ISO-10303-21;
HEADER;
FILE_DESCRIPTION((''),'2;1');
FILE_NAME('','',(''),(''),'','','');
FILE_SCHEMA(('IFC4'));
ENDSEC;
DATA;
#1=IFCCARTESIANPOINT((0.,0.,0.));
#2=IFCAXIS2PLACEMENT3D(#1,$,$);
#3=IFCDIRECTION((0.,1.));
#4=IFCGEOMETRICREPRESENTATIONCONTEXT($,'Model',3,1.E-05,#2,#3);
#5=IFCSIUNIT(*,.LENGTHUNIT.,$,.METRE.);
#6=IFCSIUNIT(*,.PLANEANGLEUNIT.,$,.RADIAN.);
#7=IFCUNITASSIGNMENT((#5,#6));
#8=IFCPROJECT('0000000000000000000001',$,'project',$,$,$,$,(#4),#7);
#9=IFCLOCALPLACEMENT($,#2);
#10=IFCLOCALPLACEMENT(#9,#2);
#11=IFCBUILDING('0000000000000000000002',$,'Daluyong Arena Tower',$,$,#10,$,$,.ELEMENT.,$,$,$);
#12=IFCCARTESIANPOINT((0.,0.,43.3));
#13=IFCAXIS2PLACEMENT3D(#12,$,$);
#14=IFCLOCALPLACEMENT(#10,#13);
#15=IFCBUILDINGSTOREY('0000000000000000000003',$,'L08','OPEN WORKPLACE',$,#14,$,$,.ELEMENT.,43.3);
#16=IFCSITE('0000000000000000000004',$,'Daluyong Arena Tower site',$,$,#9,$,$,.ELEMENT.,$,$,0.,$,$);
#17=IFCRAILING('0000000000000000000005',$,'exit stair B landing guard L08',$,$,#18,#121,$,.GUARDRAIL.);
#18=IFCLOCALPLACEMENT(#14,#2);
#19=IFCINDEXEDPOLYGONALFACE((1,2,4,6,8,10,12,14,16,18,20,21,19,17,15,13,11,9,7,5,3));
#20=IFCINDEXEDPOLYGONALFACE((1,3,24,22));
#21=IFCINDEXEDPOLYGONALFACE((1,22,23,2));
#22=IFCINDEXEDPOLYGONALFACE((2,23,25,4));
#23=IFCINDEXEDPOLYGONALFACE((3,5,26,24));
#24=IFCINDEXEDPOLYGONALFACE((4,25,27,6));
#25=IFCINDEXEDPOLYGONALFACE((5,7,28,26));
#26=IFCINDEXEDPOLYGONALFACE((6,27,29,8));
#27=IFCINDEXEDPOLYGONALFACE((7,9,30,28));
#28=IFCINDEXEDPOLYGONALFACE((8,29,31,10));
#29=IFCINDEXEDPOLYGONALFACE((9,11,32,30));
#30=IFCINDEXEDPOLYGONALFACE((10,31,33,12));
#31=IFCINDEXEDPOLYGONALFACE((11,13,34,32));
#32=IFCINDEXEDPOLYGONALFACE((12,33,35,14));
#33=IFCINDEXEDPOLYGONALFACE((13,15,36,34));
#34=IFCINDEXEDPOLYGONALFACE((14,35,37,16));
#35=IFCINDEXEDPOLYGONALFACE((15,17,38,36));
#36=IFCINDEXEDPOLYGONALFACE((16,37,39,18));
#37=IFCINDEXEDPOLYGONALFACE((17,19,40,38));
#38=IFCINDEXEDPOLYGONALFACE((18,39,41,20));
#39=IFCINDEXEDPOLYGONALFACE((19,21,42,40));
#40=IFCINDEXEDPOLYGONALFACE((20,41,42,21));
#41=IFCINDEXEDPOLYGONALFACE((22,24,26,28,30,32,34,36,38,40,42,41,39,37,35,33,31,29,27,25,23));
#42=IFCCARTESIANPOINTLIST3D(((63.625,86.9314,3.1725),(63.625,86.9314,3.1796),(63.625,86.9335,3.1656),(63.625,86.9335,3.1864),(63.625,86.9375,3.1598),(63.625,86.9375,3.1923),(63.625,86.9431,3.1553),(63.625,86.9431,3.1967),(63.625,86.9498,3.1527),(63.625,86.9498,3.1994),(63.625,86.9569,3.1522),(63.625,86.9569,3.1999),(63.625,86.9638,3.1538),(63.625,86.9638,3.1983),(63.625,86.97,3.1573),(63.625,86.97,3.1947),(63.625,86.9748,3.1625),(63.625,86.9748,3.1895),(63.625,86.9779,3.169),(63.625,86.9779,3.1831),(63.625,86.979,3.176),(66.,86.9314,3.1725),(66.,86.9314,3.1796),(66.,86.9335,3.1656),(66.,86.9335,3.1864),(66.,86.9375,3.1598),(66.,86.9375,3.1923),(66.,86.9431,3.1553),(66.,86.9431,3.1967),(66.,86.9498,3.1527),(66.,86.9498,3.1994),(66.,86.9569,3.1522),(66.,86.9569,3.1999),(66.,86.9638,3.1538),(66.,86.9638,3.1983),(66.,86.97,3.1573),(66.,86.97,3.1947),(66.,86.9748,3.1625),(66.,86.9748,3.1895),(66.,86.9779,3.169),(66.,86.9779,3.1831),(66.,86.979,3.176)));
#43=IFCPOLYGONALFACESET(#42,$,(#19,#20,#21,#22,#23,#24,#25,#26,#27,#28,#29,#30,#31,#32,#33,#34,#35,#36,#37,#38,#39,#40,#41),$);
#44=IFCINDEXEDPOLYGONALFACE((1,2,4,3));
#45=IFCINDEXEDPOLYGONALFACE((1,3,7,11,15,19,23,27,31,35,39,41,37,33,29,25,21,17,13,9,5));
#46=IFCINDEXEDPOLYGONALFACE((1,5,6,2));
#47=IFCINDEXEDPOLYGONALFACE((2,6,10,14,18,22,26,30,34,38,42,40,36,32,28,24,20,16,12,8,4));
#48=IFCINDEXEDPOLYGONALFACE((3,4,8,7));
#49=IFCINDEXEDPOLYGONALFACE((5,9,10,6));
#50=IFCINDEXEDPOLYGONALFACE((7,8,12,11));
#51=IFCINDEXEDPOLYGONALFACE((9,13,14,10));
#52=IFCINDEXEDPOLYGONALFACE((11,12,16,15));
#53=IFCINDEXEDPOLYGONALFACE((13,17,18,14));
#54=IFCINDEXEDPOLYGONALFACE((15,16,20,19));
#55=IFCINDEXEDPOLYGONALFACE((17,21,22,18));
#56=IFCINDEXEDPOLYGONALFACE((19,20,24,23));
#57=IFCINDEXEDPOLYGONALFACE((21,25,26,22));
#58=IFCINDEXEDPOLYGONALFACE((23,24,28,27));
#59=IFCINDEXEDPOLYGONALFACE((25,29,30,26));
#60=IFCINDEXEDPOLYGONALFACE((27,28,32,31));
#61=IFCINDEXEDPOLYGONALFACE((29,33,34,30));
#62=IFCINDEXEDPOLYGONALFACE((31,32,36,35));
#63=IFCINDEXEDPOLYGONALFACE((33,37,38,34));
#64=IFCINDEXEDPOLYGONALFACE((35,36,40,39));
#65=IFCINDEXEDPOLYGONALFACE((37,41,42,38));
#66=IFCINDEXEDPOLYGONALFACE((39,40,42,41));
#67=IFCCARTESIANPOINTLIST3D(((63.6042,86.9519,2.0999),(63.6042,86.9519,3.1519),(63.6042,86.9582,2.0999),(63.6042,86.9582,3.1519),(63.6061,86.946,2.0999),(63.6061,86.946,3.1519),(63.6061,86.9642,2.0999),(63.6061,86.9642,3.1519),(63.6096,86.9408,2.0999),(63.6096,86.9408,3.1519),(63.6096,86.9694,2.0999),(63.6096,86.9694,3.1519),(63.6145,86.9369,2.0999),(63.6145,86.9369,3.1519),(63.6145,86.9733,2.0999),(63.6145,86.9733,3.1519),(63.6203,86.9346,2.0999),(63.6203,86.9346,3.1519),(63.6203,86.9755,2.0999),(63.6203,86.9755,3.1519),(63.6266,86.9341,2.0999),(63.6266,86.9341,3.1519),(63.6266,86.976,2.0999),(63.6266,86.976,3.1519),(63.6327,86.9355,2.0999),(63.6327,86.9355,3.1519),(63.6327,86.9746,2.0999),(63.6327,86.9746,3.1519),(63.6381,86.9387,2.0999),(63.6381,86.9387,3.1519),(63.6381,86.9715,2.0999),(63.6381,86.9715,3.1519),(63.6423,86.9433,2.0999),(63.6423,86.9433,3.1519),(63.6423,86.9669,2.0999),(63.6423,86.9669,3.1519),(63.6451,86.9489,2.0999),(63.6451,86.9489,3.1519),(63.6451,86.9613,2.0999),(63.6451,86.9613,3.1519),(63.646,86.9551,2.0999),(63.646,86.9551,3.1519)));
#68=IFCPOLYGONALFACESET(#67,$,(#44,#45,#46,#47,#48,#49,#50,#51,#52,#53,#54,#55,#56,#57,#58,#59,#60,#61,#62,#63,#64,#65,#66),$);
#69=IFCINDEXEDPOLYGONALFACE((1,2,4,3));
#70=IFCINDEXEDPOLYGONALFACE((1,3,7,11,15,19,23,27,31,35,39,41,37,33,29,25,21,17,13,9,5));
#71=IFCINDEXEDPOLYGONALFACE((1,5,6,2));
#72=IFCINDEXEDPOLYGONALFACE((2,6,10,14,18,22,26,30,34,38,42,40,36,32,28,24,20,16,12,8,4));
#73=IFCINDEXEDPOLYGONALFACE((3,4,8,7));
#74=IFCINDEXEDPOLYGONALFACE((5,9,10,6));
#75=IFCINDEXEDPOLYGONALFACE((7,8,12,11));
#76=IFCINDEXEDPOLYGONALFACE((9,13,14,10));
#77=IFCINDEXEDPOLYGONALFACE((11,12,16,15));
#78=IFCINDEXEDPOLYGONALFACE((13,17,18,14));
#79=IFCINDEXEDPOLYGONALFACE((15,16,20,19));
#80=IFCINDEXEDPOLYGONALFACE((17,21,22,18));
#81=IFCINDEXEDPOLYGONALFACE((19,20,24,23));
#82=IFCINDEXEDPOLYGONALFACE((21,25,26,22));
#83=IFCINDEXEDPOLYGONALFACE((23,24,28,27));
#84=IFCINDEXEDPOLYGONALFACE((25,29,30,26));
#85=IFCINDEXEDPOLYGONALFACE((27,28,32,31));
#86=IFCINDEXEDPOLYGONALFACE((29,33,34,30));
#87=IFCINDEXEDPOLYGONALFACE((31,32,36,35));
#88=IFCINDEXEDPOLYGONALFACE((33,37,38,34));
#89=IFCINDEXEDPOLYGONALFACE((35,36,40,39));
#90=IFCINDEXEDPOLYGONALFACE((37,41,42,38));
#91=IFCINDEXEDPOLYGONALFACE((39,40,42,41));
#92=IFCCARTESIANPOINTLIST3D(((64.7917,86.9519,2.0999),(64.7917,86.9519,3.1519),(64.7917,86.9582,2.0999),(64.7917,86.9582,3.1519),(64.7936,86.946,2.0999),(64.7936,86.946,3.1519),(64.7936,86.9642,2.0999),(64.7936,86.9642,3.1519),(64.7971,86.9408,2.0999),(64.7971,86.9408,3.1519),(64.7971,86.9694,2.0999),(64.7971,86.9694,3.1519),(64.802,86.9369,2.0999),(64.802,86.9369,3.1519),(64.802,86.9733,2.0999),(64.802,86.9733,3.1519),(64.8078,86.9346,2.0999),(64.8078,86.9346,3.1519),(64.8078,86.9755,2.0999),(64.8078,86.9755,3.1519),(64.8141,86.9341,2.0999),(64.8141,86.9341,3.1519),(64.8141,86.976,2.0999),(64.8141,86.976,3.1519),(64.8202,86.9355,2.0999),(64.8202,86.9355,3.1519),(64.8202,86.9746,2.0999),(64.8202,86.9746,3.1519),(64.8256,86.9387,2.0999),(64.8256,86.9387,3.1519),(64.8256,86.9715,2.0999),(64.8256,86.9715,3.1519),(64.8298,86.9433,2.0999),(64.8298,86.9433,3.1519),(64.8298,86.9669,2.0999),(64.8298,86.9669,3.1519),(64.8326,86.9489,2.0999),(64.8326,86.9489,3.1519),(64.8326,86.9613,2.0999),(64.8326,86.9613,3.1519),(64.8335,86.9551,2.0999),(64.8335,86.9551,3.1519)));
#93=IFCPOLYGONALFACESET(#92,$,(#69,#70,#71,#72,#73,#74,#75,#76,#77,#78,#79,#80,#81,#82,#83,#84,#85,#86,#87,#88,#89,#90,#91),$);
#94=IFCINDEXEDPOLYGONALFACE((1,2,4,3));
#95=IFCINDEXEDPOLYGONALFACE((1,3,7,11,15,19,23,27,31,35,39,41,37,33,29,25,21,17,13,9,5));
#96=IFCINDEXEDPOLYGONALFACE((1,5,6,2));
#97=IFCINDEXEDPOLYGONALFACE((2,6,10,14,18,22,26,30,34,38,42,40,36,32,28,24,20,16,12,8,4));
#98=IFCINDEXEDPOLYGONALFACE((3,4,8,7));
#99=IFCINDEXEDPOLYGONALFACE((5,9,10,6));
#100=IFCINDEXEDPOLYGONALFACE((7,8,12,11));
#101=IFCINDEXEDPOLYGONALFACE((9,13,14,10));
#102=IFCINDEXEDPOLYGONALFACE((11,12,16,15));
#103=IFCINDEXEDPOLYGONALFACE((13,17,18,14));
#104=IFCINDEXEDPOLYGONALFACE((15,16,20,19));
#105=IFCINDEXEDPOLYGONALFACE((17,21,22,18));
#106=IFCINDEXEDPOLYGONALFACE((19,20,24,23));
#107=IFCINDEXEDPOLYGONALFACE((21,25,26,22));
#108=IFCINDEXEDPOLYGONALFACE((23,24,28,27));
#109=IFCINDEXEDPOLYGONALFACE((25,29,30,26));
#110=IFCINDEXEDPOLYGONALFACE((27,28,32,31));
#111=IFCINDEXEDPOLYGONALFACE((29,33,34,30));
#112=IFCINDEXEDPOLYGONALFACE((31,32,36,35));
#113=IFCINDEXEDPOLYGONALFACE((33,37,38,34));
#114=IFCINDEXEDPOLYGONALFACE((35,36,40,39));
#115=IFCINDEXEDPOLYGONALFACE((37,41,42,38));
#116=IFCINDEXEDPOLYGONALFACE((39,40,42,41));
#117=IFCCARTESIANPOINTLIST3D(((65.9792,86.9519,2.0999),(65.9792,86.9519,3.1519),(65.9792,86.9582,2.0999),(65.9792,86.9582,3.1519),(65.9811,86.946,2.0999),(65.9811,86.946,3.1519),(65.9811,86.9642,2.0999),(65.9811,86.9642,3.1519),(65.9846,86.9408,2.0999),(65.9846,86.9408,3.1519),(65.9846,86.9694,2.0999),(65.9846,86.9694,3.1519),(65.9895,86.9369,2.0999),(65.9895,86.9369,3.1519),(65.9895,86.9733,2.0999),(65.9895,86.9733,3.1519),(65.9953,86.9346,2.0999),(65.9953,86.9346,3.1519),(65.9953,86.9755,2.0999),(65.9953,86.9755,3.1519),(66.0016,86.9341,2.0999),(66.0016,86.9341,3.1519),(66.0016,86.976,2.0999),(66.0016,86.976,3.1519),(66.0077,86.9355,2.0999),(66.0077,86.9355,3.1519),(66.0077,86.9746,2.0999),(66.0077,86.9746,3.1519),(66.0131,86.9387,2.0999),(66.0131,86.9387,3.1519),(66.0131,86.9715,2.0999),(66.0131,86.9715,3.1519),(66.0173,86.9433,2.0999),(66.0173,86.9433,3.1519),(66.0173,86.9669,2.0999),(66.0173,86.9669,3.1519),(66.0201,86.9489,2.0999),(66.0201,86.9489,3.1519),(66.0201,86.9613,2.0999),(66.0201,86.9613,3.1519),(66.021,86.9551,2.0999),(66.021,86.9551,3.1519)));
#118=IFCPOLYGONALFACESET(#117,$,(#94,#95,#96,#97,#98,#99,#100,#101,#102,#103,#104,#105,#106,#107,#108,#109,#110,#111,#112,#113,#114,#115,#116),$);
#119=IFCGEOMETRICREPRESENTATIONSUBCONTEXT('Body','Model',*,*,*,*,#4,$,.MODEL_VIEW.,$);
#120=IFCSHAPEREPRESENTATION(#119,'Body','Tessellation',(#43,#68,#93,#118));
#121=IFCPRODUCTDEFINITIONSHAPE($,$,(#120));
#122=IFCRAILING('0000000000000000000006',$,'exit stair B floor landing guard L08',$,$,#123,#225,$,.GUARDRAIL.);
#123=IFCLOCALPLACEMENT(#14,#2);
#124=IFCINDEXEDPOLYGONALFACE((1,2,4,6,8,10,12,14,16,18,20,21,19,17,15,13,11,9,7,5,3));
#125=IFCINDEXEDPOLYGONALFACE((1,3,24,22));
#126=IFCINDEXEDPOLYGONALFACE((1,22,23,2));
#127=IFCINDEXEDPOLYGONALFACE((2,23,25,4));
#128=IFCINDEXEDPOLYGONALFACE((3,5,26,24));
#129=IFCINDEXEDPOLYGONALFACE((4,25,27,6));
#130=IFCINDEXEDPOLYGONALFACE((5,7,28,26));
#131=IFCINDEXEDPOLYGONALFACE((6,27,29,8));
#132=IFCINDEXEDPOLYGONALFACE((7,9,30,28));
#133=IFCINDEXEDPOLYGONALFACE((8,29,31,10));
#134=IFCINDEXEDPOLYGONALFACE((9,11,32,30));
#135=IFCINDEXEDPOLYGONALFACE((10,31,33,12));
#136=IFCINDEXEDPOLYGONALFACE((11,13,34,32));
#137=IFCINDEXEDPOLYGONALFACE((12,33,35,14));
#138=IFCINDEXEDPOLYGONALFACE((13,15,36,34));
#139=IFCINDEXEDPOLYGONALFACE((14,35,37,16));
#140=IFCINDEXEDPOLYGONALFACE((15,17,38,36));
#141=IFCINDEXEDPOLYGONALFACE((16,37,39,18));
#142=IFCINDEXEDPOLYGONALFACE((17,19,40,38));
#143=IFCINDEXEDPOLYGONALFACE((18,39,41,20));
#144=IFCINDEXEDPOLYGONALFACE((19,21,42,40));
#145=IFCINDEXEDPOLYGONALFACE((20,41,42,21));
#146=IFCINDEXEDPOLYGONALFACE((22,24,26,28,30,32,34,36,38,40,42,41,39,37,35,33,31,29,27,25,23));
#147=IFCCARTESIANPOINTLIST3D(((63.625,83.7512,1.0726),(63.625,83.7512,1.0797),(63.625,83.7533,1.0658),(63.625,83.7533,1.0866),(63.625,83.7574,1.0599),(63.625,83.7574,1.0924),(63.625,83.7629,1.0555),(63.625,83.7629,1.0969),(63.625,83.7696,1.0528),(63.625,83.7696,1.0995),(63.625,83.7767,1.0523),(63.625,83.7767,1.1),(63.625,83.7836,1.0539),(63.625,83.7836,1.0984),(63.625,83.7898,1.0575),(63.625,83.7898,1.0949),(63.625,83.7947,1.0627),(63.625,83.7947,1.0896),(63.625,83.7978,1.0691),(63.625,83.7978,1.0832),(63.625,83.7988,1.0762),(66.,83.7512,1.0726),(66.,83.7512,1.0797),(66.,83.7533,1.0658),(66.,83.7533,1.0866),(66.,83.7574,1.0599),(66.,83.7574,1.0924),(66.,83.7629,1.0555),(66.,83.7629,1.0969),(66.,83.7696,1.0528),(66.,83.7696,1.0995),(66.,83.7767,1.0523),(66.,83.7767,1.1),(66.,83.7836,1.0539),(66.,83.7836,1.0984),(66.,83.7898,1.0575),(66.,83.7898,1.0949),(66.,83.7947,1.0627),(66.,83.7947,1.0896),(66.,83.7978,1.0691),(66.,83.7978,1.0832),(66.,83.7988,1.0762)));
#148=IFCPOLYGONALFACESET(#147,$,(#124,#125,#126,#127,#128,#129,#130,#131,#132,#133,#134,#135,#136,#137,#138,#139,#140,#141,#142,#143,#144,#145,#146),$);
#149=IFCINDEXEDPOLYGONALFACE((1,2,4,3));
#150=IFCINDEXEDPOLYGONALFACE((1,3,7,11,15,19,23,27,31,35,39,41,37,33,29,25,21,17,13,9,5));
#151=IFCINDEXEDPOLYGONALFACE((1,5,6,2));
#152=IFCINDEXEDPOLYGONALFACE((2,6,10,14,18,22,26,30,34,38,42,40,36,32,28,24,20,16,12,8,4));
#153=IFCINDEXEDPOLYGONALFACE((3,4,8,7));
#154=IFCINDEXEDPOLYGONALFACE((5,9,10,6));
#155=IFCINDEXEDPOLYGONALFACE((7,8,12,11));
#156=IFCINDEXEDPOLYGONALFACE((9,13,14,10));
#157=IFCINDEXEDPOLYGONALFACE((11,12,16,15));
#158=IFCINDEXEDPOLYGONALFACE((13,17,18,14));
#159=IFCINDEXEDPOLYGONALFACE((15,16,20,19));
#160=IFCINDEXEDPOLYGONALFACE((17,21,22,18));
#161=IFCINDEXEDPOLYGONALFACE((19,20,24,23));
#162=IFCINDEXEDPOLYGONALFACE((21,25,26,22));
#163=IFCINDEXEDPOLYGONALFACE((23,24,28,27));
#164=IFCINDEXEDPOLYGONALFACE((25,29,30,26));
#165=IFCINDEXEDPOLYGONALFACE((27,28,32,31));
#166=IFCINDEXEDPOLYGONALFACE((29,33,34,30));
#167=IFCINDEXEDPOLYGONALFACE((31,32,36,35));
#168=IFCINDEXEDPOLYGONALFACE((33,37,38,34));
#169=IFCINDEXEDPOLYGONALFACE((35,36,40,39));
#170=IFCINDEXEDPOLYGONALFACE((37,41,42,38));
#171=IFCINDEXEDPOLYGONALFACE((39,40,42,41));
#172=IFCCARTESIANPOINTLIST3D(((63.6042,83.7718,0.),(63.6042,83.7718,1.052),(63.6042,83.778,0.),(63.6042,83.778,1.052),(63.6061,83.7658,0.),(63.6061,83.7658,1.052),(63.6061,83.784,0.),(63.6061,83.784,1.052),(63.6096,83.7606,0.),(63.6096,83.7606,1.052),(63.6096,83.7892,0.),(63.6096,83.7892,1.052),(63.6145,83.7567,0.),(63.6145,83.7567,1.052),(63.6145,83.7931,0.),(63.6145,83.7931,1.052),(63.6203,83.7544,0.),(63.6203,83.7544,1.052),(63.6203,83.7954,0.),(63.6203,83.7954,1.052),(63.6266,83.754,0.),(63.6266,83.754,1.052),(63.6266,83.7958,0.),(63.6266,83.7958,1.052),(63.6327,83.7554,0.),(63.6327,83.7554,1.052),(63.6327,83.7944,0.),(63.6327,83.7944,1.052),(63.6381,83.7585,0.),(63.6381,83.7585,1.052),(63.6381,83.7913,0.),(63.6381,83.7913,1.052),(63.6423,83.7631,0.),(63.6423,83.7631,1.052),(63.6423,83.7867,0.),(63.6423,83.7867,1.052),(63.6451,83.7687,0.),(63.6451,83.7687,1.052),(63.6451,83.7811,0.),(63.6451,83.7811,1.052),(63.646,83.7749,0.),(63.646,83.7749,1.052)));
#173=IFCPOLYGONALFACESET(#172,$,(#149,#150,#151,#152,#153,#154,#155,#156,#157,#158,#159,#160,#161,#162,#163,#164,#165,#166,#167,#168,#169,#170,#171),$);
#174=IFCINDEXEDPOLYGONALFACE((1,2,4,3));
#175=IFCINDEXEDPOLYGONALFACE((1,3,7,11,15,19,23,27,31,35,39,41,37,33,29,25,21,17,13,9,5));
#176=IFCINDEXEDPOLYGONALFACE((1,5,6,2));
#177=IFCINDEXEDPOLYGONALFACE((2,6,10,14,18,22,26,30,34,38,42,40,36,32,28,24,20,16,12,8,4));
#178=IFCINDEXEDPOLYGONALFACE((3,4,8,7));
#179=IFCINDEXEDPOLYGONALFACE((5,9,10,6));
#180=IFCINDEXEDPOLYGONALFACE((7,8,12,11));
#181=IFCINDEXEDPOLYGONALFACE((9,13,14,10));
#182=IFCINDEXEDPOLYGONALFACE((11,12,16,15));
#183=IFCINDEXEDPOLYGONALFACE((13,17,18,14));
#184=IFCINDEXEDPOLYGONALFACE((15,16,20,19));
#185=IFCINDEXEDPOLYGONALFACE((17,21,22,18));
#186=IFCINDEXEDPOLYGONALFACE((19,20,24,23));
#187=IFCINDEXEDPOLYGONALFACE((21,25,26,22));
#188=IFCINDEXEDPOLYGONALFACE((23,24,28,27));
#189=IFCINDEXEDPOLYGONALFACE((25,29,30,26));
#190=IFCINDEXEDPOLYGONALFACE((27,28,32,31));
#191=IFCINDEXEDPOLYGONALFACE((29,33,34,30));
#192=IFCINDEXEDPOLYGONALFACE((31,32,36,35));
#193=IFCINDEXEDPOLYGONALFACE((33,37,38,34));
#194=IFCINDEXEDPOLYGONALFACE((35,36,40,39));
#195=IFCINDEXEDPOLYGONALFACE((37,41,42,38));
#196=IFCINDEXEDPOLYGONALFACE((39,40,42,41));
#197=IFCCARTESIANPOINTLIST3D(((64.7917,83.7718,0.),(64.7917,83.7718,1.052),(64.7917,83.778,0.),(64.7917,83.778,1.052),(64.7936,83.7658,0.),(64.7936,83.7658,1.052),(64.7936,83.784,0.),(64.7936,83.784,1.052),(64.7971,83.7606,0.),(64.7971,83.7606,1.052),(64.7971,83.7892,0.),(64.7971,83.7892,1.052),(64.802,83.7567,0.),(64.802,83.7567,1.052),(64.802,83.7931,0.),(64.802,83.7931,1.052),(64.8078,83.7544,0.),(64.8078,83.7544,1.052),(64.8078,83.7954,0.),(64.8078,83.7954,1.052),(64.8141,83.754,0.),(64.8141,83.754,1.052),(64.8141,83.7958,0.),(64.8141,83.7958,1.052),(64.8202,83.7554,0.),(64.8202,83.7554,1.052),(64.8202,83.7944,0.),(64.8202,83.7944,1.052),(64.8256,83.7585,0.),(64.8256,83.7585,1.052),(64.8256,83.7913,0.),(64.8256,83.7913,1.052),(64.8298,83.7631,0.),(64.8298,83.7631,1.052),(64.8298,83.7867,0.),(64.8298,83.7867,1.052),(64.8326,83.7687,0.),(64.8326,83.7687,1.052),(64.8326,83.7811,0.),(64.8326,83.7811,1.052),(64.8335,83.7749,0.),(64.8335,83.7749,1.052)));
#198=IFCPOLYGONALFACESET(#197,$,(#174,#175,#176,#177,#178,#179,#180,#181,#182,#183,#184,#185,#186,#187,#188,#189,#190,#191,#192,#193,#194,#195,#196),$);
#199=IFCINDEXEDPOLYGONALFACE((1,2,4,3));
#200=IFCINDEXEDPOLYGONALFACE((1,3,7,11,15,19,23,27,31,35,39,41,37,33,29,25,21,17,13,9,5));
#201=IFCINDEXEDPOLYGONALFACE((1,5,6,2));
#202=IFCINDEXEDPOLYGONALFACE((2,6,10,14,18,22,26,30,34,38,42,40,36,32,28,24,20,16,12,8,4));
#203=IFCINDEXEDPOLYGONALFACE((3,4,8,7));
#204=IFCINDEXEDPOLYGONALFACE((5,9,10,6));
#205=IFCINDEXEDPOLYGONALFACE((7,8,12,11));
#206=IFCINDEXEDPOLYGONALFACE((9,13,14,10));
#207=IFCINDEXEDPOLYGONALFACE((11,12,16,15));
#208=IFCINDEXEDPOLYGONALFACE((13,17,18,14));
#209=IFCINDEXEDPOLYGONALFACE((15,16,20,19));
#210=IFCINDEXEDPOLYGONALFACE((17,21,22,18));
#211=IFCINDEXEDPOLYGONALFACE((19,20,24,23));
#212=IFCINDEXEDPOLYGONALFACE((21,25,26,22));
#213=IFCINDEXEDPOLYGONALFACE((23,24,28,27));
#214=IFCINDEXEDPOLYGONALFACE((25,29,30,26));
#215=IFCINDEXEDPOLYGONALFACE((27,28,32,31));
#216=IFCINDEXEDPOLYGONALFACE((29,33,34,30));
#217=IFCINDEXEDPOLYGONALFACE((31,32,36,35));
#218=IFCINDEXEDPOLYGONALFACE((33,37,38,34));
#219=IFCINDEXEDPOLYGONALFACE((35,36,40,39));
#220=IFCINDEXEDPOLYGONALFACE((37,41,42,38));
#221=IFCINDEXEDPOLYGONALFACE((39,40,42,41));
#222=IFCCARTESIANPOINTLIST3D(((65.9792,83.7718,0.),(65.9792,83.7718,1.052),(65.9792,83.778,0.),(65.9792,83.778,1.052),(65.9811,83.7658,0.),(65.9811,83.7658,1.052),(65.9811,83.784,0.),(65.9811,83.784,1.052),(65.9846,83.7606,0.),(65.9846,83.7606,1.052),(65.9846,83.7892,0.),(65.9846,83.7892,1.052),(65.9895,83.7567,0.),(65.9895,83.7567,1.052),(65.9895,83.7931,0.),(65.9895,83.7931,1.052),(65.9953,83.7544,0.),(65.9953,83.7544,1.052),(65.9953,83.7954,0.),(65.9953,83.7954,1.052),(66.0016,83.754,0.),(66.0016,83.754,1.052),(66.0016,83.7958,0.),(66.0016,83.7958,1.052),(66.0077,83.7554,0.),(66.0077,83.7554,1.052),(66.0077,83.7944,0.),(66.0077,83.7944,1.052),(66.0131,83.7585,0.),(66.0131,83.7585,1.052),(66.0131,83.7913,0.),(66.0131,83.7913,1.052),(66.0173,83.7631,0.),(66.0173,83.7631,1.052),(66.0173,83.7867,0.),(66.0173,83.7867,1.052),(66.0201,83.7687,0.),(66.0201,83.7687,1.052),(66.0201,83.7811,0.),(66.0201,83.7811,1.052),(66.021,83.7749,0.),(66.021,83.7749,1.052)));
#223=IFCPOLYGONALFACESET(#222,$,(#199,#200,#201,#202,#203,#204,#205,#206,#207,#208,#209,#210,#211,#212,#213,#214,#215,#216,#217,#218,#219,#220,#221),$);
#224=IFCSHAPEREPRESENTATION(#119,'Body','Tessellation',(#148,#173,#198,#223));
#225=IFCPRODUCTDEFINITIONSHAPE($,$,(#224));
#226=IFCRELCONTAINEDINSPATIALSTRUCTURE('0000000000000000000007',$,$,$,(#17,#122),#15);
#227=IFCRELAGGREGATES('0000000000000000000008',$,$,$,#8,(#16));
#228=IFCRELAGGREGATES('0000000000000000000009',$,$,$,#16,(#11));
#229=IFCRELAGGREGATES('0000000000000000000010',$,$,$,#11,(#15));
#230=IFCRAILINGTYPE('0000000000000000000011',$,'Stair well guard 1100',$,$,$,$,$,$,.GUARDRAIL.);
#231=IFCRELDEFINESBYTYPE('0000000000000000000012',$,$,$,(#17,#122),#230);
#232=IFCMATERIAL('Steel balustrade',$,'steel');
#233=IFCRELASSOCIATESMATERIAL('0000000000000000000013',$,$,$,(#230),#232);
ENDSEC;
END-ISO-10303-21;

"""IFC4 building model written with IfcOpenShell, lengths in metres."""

from ifc_helpers import new_model, si_unit, direction, frame, origin, origin_2d, place, context, subcontext, project, spatial, circle, extrude, material, type_object, element, save


model = new_model("IFC4")

# Units and contexts
model_context = context("Model", 3, precision=1e-05, world=origin(), true_north=direction((0.0, 1.0)))
body_context = subcontext(model_context, "Body", "Model", "MODEL_VIEW")
ifc_project = project(units=[si_unit("LENGTHUNIT", "METRE"), si_unit("PLANEANGLEUNIT", "RADIAN")], contexts=[model_context])

# Site, building, storey
site_placement = place(None, origin())
site = spatial("IfcSite", under=ifc_project, at=site_placement, Name="Daluyong Arena Tower site", CompositionType="ELEMENT", RefElevation=0.0)
building_placement = place(site_placement, origin())
building = spatial("IfcBuilding", under=site, at=building_placement, Name="Daluyong Arena Tower", CompositionType="ELEMENT")
storey_placement = place(building_placement, frame((0.0, 0.0, 43.3)))
storey = spatial("IfcBuildingStorey", under=building, at=storey_placement, Name="L08", Description="OPEN WORKPLACE", CompositionType="ELEMENT", Elevation=43.3)

# Railings
ifc_material_1 = material(Name="Steel balustrade", Category="steel")
railing_type_1 = type_object("IfcRailingType", Name="Stair well guard 1100", PredefinedType="GUARDRAIL", material=ifc_material_1)
for number, where, name in (
    (1, (63.625, 86.9551, 2.0999), "exit stair B landing guard L08"),
    (2, (63.625, 83.7749, 0.0), "exit stair B floor landing guard L08"),
):
    element("IfcRailing", number, at=place(storey_placement, frame(where)), inside=storey, type_object=railing_type_1, Name=name, PredefinedType="GUARDRAIL", context=body_context, shape_type="SweptSolid", body=[
        extrude(circle(Radius=0.0239, at=origin_2d()), frame((0.0, 0.0, 1.0762), z_axis=(1.0, 0.0, 0.0), x_axis=(0.0, 1.0, 0.0)), (0.0, 0.0, 1.0), 2.375),
        extrude(circle(Radius=0.021, at=origin_2d()), origin(), (0.0, 0.0, 1.0), 1.052),
        extrude(circle(Radius=0.021, at=origin_2d()), frame((1.1875, 0.0, 0.0)), (0.0, 0.0, 1.0), 1.052),
        extrude(circle(Radius=0.021, at=origin_2d()), frame((2.375, 0.0, 0.0)), (0.0, 0.0, 1.0), 1.052),
    ])

save(model, "model.ifc")
